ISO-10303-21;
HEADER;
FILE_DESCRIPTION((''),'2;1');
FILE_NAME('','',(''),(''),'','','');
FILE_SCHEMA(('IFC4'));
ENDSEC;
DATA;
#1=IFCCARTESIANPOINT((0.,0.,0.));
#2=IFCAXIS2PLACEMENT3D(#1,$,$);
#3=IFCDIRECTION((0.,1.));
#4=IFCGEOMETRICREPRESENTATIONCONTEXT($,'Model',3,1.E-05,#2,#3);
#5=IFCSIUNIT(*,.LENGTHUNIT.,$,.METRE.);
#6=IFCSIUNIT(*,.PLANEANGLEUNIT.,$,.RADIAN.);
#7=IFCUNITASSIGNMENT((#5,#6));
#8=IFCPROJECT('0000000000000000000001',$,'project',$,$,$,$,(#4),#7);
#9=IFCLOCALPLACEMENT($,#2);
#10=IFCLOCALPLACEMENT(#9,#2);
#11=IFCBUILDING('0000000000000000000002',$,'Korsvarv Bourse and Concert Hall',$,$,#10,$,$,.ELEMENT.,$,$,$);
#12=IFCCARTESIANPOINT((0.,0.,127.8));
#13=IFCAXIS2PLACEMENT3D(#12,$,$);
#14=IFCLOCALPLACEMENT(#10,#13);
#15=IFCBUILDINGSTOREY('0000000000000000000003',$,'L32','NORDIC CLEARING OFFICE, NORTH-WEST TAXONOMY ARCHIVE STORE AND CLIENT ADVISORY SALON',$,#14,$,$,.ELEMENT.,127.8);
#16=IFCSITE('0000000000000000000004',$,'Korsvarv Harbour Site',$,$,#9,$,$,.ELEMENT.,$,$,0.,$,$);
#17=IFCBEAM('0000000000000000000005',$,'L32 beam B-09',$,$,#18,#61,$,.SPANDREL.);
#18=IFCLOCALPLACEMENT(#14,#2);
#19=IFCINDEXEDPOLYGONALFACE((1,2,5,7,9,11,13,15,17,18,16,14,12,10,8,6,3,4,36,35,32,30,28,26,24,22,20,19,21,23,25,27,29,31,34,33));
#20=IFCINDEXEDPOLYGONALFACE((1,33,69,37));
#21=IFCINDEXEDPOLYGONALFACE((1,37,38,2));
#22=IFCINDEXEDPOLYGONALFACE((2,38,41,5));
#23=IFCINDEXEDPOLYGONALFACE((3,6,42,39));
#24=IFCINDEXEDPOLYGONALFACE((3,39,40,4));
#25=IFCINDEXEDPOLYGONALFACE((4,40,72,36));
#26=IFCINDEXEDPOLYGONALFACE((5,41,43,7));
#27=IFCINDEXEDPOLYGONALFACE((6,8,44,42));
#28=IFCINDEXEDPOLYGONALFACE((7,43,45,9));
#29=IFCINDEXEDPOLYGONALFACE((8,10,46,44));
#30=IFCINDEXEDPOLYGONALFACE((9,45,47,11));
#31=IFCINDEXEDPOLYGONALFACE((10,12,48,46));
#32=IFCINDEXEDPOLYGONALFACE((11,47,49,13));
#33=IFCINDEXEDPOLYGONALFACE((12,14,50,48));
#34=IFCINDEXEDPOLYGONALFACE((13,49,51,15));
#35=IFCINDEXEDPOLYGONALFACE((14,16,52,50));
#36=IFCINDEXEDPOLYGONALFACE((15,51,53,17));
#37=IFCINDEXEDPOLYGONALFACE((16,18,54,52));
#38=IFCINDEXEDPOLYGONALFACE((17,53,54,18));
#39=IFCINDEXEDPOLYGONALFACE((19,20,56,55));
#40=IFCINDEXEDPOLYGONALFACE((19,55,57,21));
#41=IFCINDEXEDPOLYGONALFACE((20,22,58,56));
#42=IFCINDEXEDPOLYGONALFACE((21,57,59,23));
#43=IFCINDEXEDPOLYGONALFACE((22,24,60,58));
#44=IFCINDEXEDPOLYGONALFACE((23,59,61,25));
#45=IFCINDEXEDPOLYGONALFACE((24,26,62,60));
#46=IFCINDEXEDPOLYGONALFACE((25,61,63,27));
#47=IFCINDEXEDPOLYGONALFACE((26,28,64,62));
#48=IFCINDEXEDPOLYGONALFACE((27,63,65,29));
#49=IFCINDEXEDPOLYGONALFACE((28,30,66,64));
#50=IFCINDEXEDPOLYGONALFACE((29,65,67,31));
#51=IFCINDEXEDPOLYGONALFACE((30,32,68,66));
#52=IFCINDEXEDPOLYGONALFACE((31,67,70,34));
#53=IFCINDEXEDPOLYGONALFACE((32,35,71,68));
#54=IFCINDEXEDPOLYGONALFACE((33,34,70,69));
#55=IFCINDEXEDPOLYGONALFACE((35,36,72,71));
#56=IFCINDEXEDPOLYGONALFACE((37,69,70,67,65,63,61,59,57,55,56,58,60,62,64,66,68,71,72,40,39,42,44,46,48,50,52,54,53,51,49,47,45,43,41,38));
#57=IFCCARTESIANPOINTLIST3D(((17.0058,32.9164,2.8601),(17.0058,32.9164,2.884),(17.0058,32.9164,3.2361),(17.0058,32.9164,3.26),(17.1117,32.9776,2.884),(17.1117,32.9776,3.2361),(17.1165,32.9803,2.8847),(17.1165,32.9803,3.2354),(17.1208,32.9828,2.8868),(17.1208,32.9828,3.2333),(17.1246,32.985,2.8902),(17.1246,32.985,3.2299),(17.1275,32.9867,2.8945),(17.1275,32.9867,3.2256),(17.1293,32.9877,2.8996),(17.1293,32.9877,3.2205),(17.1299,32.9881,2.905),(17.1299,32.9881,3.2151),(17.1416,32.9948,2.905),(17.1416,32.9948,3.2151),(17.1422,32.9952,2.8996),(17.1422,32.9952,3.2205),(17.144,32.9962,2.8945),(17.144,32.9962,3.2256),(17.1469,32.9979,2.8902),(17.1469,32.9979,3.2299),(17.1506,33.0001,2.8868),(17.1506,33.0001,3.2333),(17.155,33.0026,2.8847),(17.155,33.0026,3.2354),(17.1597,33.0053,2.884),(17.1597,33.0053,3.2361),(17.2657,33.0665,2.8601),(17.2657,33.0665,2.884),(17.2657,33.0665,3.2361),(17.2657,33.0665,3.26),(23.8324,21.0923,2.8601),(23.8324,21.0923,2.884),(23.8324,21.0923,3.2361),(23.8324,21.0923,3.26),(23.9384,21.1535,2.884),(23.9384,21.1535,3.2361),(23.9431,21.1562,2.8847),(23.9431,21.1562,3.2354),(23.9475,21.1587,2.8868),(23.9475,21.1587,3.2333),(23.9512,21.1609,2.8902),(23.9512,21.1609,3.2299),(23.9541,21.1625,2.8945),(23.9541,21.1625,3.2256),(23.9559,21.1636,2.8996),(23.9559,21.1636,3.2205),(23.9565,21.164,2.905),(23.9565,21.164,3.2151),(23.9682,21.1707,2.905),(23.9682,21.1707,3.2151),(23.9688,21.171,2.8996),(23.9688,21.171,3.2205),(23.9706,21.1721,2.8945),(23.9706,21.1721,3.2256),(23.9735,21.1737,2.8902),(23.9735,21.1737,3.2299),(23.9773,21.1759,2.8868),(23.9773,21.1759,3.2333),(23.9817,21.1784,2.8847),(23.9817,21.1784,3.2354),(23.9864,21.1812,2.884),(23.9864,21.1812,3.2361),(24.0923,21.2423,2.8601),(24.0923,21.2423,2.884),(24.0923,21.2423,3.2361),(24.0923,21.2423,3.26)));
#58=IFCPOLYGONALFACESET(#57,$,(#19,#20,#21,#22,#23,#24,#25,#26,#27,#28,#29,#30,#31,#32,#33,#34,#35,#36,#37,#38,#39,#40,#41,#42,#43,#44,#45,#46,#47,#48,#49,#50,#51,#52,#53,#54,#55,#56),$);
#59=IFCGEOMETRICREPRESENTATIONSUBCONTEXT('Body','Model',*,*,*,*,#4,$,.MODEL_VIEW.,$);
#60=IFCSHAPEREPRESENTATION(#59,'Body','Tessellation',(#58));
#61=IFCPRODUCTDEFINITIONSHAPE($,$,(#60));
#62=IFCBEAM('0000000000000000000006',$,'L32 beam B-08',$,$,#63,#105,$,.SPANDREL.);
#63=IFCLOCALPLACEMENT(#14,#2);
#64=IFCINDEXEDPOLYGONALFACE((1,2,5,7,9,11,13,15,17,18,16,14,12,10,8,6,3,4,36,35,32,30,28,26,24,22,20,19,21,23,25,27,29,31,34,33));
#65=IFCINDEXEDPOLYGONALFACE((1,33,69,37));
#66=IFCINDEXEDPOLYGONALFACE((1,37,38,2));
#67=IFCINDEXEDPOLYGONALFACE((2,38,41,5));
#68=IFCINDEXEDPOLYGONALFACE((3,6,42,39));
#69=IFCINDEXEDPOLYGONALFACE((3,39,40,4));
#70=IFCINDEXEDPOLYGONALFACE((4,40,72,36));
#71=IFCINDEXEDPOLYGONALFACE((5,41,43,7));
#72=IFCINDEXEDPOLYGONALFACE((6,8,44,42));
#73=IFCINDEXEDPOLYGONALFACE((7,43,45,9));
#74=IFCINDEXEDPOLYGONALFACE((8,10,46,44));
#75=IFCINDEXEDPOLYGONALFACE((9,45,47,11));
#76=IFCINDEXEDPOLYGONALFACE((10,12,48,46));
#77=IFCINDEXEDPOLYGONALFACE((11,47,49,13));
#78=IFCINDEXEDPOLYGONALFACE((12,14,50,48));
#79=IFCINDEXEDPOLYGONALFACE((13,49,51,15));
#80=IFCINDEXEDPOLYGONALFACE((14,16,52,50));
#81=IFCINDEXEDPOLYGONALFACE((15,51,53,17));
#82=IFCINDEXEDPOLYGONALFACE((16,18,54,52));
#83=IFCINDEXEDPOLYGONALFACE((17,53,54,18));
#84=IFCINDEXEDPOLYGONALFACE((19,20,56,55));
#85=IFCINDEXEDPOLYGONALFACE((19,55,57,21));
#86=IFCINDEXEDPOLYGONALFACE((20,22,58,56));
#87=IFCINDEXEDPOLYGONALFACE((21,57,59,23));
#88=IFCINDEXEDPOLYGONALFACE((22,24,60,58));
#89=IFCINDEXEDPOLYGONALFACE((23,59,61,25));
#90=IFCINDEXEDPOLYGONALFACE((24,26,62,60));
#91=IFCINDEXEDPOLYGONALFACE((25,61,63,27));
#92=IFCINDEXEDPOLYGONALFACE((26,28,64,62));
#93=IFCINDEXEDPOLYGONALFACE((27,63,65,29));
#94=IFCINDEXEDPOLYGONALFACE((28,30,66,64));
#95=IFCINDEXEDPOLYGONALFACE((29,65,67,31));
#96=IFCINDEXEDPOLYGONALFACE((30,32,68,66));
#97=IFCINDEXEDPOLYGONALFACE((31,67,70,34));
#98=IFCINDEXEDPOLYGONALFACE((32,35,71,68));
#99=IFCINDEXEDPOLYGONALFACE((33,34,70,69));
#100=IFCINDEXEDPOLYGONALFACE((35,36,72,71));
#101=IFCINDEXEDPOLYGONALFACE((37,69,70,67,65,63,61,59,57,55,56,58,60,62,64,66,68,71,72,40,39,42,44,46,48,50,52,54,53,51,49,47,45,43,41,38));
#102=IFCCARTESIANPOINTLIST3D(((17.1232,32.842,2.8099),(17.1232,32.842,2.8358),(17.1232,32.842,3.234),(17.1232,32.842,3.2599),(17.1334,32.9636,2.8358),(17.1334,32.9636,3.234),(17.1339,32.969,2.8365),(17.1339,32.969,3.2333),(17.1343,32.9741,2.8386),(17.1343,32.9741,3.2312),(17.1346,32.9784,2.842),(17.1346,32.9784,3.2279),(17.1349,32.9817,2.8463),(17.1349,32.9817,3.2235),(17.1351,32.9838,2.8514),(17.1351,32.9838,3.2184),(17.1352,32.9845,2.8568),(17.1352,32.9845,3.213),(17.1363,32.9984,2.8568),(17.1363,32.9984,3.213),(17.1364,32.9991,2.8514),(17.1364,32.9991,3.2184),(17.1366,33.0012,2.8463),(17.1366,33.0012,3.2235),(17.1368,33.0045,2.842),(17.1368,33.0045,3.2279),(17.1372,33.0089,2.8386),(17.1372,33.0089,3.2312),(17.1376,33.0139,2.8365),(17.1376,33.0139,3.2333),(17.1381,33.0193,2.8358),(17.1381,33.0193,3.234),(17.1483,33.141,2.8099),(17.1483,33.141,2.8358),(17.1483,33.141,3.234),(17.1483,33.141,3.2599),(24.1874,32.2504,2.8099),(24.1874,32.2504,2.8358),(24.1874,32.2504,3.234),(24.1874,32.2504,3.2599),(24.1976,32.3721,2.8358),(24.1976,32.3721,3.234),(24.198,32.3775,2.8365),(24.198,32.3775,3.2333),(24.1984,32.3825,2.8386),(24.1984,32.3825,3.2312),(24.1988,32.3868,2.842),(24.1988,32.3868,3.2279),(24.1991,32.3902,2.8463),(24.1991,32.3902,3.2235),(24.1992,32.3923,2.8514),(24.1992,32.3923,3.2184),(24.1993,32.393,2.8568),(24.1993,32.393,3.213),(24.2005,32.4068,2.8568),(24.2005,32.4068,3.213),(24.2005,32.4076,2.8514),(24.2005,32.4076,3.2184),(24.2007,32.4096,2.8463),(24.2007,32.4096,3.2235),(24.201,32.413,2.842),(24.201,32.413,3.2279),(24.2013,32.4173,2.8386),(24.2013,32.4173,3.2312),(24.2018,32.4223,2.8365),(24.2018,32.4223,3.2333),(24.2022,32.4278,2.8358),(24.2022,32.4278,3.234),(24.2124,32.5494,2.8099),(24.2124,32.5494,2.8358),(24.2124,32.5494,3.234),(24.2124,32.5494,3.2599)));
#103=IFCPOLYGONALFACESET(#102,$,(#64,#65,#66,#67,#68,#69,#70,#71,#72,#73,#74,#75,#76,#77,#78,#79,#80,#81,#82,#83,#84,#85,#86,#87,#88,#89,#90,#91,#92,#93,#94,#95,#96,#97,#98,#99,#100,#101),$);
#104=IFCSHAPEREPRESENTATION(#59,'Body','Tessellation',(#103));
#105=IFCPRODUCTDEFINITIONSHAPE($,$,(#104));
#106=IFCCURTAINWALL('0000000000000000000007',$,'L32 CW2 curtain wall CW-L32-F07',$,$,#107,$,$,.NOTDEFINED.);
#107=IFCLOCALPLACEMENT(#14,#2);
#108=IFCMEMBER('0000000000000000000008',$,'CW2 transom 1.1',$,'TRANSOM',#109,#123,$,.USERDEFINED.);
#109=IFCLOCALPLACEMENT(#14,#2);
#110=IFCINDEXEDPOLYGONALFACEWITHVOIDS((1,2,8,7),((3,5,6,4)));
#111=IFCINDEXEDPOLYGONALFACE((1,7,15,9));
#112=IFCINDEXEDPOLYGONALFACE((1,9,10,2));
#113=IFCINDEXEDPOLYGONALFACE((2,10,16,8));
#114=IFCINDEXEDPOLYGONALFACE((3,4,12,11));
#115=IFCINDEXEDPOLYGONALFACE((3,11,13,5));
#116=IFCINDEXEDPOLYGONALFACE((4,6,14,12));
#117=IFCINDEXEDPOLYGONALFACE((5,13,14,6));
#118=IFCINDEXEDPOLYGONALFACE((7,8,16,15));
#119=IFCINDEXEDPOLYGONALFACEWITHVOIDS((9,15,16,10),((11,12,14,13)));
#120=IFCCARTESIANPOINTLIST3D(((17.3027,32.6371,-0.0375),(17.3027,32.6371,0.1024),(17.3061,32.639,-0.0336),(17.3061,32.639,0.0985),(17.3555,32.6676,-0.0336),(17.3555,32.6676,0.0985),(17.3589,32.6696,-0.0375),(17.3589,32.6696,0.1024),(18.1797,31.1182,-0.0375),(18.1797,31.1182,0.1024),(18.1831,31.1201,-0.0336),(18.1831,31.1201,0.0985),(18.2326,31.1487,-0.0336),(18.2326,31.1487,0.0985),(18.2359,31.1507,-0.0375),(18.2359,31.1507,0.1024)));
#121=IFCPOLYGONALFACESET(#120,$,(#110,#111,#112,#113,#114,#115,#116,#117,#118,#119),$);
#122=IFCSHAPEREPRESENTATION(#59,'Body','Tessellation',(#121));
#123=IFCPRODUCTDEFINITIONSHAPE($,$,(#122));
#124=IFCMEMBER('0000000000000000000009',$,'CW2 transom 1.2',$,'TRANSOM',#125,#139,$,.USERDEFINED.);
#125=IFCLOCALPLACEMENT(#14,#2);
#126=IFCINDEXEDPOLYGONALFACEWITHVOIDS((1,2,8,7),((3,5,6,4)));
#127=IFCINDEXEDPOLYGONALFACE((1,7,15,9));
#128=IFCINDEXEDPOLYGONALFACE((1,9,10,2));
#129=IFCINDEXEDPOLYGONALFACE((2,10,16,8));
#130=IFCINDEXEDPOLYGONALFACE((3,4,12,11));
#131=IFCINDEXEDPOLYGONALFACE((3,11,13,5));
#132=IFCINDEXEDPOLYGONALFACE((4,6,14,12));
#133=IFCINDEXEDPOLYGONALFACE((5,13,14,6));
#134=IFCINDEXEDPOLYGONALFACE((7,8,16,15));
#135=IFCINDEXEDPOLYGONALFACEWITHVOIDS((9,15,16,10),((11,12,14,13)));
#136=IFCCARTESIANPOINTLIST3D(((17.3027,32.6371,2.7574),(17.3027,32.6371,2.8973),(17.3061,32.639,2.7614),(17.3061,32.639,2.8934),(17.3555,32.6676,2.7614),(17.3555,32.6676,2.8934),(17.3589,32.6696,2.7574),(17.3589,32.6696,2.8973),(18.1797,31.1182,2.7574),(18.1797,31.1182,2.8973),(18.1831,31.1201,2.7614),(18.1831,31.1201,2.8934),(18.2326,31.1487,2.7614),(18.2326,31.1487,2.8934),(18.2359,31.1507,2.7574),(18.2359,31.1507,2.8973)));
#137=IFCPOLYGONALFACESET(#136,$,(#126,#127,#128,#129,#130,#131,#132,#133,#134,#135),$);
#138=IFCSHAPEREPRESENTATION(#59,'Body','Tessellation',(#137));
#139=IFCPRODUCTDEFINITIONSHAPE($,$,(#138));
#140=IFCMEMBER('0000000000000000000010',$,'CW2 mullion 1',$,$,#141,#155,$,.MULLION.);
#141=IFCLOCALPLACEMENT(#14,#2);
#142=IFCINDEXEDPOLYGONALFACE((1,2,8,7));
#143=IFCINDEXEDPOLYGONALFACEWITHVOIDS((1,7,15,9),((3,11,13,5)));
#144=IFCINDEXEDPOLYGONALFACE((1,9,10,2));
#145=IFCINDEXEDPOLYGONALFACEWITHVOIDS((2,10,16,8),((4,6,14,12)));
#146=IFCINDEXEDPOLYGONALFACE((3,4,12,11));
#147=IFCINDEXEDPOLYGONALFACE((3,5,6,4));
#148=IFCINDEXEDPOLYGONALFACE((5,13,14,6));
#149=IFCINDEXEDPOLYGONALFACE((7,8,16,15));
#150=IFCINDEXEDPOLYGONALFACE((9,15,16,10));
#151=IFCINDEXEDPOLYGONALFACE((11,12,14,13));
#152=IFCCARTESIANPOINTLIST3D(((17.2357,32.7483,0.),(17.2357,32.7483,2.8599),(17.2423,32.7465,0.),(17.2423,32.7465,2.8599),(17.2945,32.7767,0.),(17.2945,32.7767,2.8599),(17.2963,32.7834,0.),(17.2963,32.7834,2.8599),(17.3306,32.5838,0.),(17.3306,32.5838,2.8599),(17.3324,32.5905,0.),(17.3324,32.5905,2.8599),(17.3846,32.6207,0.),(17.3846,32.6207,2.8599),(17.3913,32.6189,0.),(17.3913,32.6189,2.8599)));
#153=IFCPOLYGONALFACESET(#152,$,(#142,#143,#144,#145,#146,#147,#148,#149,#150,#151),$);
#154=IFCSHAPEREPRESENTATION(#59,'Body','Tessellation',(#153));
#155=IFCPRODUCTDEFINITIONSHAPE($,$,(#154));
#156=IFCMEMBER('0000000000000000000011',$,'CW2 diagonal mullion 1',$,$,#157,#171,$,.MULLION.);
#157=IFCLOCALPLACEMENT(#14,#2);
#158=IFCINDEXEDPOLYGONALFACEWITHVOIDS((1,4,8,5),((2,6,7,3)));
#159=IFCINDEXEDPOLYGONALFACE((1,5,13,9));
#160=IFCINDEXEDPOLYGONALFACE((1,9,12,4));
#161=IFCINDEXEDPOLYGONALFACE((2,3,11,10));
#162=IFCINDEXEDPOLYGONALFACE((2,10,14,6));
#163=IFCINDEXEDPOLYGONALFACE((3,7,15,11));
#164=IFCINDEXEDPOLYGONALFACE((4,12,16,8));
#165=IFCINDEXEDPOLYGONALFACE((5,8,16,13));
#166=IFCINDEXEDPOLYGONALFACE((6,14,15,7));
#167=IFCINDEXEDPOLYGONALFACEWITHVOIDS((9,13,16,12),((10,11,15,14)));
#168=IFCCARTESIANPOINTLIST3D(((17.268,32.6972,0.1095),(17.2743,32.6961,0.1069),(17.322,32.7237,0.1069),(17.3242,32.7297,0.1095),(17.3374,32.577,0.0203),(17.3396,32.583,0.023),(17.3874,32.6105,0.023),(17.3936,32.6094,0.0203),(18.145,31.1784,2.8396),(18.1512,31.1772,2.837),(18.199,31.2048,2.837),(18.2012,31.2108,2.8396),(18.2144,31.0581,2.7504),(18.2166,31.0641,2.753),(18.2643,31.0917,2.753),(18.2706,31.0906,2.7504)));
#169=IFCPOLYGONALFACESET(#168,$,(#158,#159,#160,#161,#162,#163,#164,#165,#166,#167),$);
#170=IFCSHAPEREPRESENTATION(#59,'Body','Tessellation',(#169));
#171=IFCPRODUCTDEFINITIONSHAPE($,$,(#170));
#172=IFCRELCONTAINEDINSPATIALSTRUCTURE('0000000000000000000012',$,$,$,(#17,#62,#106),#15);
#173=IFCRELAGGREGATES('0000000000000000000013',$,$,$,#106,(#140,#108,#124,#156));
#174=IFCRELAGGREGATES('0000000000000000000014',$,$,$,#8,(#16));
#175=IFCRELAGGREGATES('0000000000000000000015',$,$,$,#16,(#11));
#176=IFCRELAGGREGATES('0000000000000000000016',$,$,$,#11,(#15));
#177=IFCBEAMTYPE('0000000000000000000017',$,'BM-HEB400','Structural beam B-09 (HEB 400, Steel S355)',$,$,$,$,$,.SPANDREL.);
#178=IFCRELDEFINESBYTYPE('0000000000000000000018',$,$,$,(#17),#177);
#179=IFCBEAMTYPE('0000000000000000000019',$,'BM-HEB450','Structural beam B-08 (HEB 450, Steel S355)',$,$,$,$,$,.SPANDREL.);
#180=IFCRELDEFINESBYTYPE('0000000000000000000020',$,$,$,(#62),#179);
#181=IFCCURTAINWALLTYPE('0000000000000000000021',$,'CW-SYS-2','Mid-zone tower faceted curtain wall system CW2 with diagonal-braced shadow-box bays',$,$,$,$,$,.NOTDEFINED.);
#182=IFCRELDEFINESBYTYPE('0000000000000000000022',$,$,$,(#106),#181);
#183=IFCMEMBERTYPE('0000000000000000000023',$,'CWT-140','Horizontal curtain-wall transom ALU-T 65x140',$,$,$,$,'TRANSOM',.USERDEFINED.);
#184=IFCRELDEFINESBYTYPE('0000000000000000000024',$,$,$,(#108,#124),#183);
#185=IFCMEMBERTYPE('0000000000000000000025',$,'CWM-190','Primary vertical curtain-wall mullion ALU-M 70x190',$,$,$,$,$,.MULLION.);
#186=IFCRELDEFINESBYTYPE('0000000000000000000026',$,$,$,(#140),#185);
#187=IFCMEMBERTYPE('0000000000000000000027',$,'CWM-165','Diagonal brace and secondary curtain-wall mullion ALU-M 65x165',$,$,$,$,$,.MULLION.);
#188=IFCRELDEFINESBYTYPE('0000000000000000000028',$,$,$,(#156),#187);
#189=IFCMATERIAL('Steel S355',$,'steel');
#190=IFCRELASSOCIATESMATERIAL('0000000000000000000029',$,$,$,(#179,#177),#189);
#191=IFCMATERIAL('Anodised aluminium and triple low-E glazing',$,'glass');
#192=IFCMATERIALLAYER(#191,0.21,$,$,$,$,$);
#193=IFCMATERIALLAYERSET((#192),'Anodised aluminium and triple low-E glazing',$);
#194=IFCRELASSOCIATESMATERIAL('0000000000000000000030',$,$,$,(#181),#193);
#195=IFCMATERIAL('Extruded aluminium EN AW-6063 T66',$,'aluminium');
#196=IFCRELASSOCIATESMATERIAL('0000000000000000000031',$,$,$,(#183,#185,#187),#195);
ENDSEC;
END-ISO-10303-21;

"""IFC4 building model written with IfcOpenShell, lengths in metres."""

from ifc_helpers import new_model, si_unit, direction, frame, origin, origin_2d, place, context, subcontext, project, spatial, hollow_rectangle, i_section, extrude, source, transform, mapped, material, layer, layer_set, material_profile, profile_set, type_object, element, aggregate, save


model = new_model("IFC4")

# Units and contexts
model_context = context("Model", 3, precision=1e-05, world=origin(), true_north=direction((0.0, 1.0)))
body_context = subcontext(model_context, "Body", "Model", "MODEL_VIEW")
ifc_project = project(units=[si_unit("LENGTHUNIT", "METRE"), si_unit("PLANEANGLEUNIT", "RADIAN")], contexts=[model_context])

# Site, building, storey
site_placement = place(None, origin())
site = spatial("IfcSite", under=ifc_project, at=site_placement, Name="Korsvarv Harbour Site", CompositionType="ELEMENT", RefElevation=0.0)
building_placement = place(site_placement, origin())
building = spatial("IfcBuilding", under=site, at=building_placement, Name="Korsvarv Bourse and Concert Hall", CompositionType="ELEMENT")
storey_placement = place(building_placement, frame((0.0, 0.0, 127.8)))
storey = spatial("IfcBuildingStorey", under=building, at=storey_placement, Name="L32", Description="NORDIC CLEARING OFFICE, NORTH-WEST TAXONOMY ARCHIVE STORE AND CLIENT ADVISORY SALON", CompositionType="ELEMENT", Elevation=127.8)

# Beams
ifc_material_1 = material(Name="Steel S355", Category="steel")
ifc_material_profile_1 = material_profile(ifc_material_1, i_section(OverallWidth=0.3, OverallDepth=0.45, WebThickness=0.0139, FlangeThickness=0.0259, FilletRadius=0.021, at=origin_2d()), Name="HEB 450")
ifc_profile_set_1 = profile_set([ifc_material_profile_1], Name="Steel S355")
beam_type_1 = type_object("IfcBeamType", Name="BM-HEB450", Description="Structural beam B-08 (HEB 450, Steel S355)", PredefinedType="SPANDREL", material=ifc_profile_set_1)
ifc_material_profile_2 = material_profile(ifc_material_1, i_section(OverallWidth=0.3, OverallDepth=0.3999, WebThickness=0.0134, FlangeThickness=0.0239, FilletRadius=0.021, at=origin_2d()), Name="HEB 400")
ifc_profile_set_2 = profile_set([ifc_material_profile_2], Name="Steel S355")
beam_type_2 = type_object("IfcBeamType", Name="BM-HEB400", Description="Structural beam B-09 (HEB 400, Steel S355)", PredefinedType="SPANDREL", material=ifc_profile_set_2)
shared_shape_1 = source(origin(), body_context, "Body", "SweptSolid", [
    extrude(i_section(OverallWidth=0.3, OverallDepth=0.3999, WebThickness=0.0134, FlangeThickness=0.0239, FilletRadius=0.021, at=origin_2d()), origin(), (0.0, 0.0, 1.0), 13.6533),
])
beam_1_placement = place(storey_placement, frame((17.1357, 32.9915, 3.0601), z_axis=(0.499997, -0.866027, 0.0), x_axis=(0.866027, 0.499997, 0.0)))
element("IfcBeam", 1, at=beam_1_placement, inside=storey, type_object=beam_type_2, Name="L32 beam B-09", PredefinedType="SPANDREL", context=body_context, shape_type="MappedRepresentation", body=[
    mapped(shared_shape_1, transform((0.0, 0.0, 0.0), scale=1.0)),
])
shared_shape_2 = source(origin(), body_context, "Body", "SweptSolid", [
    extrude(i_section(OverallWidth=0.3, OverallDepth=0.45, WebThickness=0.0139, FlangeThickness=0.0259, FilletRadius=0.021, at=origin_2d()), origin(), (0.0, 0.0, 1.0), 7.0889),
])
beam_2_placement = place(storey_placement, frame((17.1357, 32.9915, 3.0349), z_axis=(0.996512, -0.083447, 0.0), x_axis=(0.083447, 0.996512, 0.0)))
element("IfcBeam", 2, at=beam_2_placement, inside=storey, type_object=beam_type_1, Name="L32 beam B-08", PredefinedType="SPANDREL", context=body_context, shape_type="MappedRepresentation", body=[
    mapped(shared_shape_2, transform((0.0, 0.0, 0.0), scale=1.0)),
])

# Curtain wall, members
ifc_material_2 = material(Name="Anodised aluminium and triple low-E glazing", Category="glass")
ifc_layer_1 = layer(ifc_material_2, 0.21)
ifc_layer_set_1 = layer_set([ifc_layer_1], Name="Anodised aluminium and triple low-E glazing")
curtain_wall_type = type_object("IfcCurtainWallType", Name="CW-SYS-2", Description="Mid-zone tower faceted curtain wall system CW2 with diagonal-braced shadow-box bays", PredefinedType="NOTDEFINED", material=ifc_layer_set_1)
curtain_wall_placement = place(storey_placement, origin())
curtain_wall = element("IfcCurtainWall", 3, at=curtain_wall_placement, inside=storey, type_object=curtain_wall_type, Name="L32 CW2 curtain wall CW-L32-F07", PredefinedType="NOTDEFINED")
ifc_material_3 = material(Name="Extruded aluminium EN AW-6063 T66", Category="aluminium")
ifc_material_profile_3 = material_profile(ifc_material_3, hollow_rectangle(XDim=0.0649, YDim=0.1399, WallThickness=0.0039, at=origin_2d()), Name="ALU-T 65x140")
ifc_profile_set_3 = profile_set([ifc_material_profile_3], Name="Extruded aluminium EN AW-6063 T66")
member_type_1 = type_object("IfcMemberType", Name="CWT-140", Description="Horizontal curtain-wall transom ALU-T 65x140", ElementType="TRANSOM", PredefinedType="USERDEFINED", material=ifc_profile_set_3)
shared_shape_3 = source(origin(), body_context, "Body", "SweptSolid", [
    extrude(hollow_rectangle(XDim=0.0649, YDim=0.1399, WallThickness=0.0039, at=origin_2d()), origin(), (0.0, 0.0, 1.0), 1.7539),
])
member_1_placement = place(storey_placement, frame((17.3308, 32.6533, 0.0325), z_axis=(0.500032, -0.866007, 0.0), x_axis=(0.866007, 0.500032, 0.0)))
member_1 = element("IfcMember", 4, at=member_1_placement, type_object=member_type_1, Name="CW2 transom 1.1", ObjectType="TRANSOM", PredefinedType="USERDEFINED", context=body_context, shape_type="MappedRepresentation", body=[
    mapped(shared_shape_3, transform((0.0, 0.0, 0.0), scale=1.0)),
])
member_2_placement = place(storey_placement, frame((17.3308, 32.6533, 2.8274), z_axis=(0.500032, -0.866007, 0.0), x_axis=(0.866007, 0.500032, 0.0)))
member_2 = element("IfcMember", 5, at=member_2_placement, type_object=member_type_1, Name="CW2 transom 1.2", ObjectType="TRANSOM", PredefinedType="USERDEFINED", context=body_context, shape_type="MappedRepresentation", body=[
    mapped(shared_shape_3, transform((0.0, 0.0, 0.0), scale=1.0)),
])
ifc_material_profile_4 = material_profile(ifc_material_3, hollow_rectangle(XDim=0.0701, YDim=0.1899, WallThickness=0.0049, at=origin_2d()), Name="ALU-M 70x190")
ifc_profile_set_4 = profile_set([ifc_material_profile_4], Name="Extruded aluminium EN AW-6063 T66")
member_type_2 = type_object("IfcMemberType", Name="CWM-190", Description="Primary vertical curtain-wall mullion ALU-M 70x190", PredefinedType="MULLION", material=ifc_profile_set_4)
shared_shape_4 = source(origin(), body_context, "Body", "SweptSolid", [
    extrude(hollow_rectangle(XDim=0.0701, YDim=0.1899, WallThickness=0.0049, at=origin_2d()), origin(), (0.0, 0.0, 1.0), 2.8599),
])
member_3_placement = place(storey_placement, frame((17.3135, 32.6836, 0.0), z_axis=(0.0, 0.0, 1.0), x_axis=(0.866021, 0.500007, 0.0)))
member_3 = element("IfcMember", 6, at=member_3_placement, type_object=member_type_2, Name="CW2 mullion 1", PredefinedType="MULLION", context=body_context, shape_type="MappedRepresentation", body=[
    mapped(shared_shape_4, transform((0.0, 0.0, 0.0), scale=1.0)),
])
ifc_material_profile_5 = material_profile(ifc_material_3, hollow_rectangle(XDim=0.0649, YDim=0.165, WallThickness=0.0049, at=origin_2d()), Name="ALU-M 65x165")
ifc_profile_set_5 = profile_set([ifc_material_profile_5], Name="Extruded aluminium EN AW-6063 T66")
member_type_3 = type_object("IfcMemberType", Name="CWM-165", Description="Diagonal brace and secondary curtain-wall mullion ALU-M 65x165", PredefinedType="MULLION", material=ifc_profile_set_5)
shared_shape_5 = source(origin(), body_context, "Body", "SweptSolid", [
    extrude(hollow_rectangle(XDim=0.0649, YDim=0.165, WallThickness=0.0049, at=origin_2d()), origin(), (0.0, 0.0, 1.0), 3.2449),
])
member_4_placement = place(storey_placement, frame((17.3308, 32.6533, 0.0649), z_axis=(0.270266, -0.468075, 0.841346), x_axis=(0.866007, 0.500032, 0.0)))
member_4 = element("IfcMember", 7, at=member_4_placement, type_object=member_type_3, Name="CW2 diagonal mullion 1", PredefinedType="MULLION", context=body_context, shape_type="MappedRepresentation", body=[
    mapped(shared_shape_5, transform((0.0, 0.0, 0.0), scale=1.0)),
])
aggregate(curtain_wall, [member_3, member_1, member_2, member_4])

save(model, "model.ifc")
